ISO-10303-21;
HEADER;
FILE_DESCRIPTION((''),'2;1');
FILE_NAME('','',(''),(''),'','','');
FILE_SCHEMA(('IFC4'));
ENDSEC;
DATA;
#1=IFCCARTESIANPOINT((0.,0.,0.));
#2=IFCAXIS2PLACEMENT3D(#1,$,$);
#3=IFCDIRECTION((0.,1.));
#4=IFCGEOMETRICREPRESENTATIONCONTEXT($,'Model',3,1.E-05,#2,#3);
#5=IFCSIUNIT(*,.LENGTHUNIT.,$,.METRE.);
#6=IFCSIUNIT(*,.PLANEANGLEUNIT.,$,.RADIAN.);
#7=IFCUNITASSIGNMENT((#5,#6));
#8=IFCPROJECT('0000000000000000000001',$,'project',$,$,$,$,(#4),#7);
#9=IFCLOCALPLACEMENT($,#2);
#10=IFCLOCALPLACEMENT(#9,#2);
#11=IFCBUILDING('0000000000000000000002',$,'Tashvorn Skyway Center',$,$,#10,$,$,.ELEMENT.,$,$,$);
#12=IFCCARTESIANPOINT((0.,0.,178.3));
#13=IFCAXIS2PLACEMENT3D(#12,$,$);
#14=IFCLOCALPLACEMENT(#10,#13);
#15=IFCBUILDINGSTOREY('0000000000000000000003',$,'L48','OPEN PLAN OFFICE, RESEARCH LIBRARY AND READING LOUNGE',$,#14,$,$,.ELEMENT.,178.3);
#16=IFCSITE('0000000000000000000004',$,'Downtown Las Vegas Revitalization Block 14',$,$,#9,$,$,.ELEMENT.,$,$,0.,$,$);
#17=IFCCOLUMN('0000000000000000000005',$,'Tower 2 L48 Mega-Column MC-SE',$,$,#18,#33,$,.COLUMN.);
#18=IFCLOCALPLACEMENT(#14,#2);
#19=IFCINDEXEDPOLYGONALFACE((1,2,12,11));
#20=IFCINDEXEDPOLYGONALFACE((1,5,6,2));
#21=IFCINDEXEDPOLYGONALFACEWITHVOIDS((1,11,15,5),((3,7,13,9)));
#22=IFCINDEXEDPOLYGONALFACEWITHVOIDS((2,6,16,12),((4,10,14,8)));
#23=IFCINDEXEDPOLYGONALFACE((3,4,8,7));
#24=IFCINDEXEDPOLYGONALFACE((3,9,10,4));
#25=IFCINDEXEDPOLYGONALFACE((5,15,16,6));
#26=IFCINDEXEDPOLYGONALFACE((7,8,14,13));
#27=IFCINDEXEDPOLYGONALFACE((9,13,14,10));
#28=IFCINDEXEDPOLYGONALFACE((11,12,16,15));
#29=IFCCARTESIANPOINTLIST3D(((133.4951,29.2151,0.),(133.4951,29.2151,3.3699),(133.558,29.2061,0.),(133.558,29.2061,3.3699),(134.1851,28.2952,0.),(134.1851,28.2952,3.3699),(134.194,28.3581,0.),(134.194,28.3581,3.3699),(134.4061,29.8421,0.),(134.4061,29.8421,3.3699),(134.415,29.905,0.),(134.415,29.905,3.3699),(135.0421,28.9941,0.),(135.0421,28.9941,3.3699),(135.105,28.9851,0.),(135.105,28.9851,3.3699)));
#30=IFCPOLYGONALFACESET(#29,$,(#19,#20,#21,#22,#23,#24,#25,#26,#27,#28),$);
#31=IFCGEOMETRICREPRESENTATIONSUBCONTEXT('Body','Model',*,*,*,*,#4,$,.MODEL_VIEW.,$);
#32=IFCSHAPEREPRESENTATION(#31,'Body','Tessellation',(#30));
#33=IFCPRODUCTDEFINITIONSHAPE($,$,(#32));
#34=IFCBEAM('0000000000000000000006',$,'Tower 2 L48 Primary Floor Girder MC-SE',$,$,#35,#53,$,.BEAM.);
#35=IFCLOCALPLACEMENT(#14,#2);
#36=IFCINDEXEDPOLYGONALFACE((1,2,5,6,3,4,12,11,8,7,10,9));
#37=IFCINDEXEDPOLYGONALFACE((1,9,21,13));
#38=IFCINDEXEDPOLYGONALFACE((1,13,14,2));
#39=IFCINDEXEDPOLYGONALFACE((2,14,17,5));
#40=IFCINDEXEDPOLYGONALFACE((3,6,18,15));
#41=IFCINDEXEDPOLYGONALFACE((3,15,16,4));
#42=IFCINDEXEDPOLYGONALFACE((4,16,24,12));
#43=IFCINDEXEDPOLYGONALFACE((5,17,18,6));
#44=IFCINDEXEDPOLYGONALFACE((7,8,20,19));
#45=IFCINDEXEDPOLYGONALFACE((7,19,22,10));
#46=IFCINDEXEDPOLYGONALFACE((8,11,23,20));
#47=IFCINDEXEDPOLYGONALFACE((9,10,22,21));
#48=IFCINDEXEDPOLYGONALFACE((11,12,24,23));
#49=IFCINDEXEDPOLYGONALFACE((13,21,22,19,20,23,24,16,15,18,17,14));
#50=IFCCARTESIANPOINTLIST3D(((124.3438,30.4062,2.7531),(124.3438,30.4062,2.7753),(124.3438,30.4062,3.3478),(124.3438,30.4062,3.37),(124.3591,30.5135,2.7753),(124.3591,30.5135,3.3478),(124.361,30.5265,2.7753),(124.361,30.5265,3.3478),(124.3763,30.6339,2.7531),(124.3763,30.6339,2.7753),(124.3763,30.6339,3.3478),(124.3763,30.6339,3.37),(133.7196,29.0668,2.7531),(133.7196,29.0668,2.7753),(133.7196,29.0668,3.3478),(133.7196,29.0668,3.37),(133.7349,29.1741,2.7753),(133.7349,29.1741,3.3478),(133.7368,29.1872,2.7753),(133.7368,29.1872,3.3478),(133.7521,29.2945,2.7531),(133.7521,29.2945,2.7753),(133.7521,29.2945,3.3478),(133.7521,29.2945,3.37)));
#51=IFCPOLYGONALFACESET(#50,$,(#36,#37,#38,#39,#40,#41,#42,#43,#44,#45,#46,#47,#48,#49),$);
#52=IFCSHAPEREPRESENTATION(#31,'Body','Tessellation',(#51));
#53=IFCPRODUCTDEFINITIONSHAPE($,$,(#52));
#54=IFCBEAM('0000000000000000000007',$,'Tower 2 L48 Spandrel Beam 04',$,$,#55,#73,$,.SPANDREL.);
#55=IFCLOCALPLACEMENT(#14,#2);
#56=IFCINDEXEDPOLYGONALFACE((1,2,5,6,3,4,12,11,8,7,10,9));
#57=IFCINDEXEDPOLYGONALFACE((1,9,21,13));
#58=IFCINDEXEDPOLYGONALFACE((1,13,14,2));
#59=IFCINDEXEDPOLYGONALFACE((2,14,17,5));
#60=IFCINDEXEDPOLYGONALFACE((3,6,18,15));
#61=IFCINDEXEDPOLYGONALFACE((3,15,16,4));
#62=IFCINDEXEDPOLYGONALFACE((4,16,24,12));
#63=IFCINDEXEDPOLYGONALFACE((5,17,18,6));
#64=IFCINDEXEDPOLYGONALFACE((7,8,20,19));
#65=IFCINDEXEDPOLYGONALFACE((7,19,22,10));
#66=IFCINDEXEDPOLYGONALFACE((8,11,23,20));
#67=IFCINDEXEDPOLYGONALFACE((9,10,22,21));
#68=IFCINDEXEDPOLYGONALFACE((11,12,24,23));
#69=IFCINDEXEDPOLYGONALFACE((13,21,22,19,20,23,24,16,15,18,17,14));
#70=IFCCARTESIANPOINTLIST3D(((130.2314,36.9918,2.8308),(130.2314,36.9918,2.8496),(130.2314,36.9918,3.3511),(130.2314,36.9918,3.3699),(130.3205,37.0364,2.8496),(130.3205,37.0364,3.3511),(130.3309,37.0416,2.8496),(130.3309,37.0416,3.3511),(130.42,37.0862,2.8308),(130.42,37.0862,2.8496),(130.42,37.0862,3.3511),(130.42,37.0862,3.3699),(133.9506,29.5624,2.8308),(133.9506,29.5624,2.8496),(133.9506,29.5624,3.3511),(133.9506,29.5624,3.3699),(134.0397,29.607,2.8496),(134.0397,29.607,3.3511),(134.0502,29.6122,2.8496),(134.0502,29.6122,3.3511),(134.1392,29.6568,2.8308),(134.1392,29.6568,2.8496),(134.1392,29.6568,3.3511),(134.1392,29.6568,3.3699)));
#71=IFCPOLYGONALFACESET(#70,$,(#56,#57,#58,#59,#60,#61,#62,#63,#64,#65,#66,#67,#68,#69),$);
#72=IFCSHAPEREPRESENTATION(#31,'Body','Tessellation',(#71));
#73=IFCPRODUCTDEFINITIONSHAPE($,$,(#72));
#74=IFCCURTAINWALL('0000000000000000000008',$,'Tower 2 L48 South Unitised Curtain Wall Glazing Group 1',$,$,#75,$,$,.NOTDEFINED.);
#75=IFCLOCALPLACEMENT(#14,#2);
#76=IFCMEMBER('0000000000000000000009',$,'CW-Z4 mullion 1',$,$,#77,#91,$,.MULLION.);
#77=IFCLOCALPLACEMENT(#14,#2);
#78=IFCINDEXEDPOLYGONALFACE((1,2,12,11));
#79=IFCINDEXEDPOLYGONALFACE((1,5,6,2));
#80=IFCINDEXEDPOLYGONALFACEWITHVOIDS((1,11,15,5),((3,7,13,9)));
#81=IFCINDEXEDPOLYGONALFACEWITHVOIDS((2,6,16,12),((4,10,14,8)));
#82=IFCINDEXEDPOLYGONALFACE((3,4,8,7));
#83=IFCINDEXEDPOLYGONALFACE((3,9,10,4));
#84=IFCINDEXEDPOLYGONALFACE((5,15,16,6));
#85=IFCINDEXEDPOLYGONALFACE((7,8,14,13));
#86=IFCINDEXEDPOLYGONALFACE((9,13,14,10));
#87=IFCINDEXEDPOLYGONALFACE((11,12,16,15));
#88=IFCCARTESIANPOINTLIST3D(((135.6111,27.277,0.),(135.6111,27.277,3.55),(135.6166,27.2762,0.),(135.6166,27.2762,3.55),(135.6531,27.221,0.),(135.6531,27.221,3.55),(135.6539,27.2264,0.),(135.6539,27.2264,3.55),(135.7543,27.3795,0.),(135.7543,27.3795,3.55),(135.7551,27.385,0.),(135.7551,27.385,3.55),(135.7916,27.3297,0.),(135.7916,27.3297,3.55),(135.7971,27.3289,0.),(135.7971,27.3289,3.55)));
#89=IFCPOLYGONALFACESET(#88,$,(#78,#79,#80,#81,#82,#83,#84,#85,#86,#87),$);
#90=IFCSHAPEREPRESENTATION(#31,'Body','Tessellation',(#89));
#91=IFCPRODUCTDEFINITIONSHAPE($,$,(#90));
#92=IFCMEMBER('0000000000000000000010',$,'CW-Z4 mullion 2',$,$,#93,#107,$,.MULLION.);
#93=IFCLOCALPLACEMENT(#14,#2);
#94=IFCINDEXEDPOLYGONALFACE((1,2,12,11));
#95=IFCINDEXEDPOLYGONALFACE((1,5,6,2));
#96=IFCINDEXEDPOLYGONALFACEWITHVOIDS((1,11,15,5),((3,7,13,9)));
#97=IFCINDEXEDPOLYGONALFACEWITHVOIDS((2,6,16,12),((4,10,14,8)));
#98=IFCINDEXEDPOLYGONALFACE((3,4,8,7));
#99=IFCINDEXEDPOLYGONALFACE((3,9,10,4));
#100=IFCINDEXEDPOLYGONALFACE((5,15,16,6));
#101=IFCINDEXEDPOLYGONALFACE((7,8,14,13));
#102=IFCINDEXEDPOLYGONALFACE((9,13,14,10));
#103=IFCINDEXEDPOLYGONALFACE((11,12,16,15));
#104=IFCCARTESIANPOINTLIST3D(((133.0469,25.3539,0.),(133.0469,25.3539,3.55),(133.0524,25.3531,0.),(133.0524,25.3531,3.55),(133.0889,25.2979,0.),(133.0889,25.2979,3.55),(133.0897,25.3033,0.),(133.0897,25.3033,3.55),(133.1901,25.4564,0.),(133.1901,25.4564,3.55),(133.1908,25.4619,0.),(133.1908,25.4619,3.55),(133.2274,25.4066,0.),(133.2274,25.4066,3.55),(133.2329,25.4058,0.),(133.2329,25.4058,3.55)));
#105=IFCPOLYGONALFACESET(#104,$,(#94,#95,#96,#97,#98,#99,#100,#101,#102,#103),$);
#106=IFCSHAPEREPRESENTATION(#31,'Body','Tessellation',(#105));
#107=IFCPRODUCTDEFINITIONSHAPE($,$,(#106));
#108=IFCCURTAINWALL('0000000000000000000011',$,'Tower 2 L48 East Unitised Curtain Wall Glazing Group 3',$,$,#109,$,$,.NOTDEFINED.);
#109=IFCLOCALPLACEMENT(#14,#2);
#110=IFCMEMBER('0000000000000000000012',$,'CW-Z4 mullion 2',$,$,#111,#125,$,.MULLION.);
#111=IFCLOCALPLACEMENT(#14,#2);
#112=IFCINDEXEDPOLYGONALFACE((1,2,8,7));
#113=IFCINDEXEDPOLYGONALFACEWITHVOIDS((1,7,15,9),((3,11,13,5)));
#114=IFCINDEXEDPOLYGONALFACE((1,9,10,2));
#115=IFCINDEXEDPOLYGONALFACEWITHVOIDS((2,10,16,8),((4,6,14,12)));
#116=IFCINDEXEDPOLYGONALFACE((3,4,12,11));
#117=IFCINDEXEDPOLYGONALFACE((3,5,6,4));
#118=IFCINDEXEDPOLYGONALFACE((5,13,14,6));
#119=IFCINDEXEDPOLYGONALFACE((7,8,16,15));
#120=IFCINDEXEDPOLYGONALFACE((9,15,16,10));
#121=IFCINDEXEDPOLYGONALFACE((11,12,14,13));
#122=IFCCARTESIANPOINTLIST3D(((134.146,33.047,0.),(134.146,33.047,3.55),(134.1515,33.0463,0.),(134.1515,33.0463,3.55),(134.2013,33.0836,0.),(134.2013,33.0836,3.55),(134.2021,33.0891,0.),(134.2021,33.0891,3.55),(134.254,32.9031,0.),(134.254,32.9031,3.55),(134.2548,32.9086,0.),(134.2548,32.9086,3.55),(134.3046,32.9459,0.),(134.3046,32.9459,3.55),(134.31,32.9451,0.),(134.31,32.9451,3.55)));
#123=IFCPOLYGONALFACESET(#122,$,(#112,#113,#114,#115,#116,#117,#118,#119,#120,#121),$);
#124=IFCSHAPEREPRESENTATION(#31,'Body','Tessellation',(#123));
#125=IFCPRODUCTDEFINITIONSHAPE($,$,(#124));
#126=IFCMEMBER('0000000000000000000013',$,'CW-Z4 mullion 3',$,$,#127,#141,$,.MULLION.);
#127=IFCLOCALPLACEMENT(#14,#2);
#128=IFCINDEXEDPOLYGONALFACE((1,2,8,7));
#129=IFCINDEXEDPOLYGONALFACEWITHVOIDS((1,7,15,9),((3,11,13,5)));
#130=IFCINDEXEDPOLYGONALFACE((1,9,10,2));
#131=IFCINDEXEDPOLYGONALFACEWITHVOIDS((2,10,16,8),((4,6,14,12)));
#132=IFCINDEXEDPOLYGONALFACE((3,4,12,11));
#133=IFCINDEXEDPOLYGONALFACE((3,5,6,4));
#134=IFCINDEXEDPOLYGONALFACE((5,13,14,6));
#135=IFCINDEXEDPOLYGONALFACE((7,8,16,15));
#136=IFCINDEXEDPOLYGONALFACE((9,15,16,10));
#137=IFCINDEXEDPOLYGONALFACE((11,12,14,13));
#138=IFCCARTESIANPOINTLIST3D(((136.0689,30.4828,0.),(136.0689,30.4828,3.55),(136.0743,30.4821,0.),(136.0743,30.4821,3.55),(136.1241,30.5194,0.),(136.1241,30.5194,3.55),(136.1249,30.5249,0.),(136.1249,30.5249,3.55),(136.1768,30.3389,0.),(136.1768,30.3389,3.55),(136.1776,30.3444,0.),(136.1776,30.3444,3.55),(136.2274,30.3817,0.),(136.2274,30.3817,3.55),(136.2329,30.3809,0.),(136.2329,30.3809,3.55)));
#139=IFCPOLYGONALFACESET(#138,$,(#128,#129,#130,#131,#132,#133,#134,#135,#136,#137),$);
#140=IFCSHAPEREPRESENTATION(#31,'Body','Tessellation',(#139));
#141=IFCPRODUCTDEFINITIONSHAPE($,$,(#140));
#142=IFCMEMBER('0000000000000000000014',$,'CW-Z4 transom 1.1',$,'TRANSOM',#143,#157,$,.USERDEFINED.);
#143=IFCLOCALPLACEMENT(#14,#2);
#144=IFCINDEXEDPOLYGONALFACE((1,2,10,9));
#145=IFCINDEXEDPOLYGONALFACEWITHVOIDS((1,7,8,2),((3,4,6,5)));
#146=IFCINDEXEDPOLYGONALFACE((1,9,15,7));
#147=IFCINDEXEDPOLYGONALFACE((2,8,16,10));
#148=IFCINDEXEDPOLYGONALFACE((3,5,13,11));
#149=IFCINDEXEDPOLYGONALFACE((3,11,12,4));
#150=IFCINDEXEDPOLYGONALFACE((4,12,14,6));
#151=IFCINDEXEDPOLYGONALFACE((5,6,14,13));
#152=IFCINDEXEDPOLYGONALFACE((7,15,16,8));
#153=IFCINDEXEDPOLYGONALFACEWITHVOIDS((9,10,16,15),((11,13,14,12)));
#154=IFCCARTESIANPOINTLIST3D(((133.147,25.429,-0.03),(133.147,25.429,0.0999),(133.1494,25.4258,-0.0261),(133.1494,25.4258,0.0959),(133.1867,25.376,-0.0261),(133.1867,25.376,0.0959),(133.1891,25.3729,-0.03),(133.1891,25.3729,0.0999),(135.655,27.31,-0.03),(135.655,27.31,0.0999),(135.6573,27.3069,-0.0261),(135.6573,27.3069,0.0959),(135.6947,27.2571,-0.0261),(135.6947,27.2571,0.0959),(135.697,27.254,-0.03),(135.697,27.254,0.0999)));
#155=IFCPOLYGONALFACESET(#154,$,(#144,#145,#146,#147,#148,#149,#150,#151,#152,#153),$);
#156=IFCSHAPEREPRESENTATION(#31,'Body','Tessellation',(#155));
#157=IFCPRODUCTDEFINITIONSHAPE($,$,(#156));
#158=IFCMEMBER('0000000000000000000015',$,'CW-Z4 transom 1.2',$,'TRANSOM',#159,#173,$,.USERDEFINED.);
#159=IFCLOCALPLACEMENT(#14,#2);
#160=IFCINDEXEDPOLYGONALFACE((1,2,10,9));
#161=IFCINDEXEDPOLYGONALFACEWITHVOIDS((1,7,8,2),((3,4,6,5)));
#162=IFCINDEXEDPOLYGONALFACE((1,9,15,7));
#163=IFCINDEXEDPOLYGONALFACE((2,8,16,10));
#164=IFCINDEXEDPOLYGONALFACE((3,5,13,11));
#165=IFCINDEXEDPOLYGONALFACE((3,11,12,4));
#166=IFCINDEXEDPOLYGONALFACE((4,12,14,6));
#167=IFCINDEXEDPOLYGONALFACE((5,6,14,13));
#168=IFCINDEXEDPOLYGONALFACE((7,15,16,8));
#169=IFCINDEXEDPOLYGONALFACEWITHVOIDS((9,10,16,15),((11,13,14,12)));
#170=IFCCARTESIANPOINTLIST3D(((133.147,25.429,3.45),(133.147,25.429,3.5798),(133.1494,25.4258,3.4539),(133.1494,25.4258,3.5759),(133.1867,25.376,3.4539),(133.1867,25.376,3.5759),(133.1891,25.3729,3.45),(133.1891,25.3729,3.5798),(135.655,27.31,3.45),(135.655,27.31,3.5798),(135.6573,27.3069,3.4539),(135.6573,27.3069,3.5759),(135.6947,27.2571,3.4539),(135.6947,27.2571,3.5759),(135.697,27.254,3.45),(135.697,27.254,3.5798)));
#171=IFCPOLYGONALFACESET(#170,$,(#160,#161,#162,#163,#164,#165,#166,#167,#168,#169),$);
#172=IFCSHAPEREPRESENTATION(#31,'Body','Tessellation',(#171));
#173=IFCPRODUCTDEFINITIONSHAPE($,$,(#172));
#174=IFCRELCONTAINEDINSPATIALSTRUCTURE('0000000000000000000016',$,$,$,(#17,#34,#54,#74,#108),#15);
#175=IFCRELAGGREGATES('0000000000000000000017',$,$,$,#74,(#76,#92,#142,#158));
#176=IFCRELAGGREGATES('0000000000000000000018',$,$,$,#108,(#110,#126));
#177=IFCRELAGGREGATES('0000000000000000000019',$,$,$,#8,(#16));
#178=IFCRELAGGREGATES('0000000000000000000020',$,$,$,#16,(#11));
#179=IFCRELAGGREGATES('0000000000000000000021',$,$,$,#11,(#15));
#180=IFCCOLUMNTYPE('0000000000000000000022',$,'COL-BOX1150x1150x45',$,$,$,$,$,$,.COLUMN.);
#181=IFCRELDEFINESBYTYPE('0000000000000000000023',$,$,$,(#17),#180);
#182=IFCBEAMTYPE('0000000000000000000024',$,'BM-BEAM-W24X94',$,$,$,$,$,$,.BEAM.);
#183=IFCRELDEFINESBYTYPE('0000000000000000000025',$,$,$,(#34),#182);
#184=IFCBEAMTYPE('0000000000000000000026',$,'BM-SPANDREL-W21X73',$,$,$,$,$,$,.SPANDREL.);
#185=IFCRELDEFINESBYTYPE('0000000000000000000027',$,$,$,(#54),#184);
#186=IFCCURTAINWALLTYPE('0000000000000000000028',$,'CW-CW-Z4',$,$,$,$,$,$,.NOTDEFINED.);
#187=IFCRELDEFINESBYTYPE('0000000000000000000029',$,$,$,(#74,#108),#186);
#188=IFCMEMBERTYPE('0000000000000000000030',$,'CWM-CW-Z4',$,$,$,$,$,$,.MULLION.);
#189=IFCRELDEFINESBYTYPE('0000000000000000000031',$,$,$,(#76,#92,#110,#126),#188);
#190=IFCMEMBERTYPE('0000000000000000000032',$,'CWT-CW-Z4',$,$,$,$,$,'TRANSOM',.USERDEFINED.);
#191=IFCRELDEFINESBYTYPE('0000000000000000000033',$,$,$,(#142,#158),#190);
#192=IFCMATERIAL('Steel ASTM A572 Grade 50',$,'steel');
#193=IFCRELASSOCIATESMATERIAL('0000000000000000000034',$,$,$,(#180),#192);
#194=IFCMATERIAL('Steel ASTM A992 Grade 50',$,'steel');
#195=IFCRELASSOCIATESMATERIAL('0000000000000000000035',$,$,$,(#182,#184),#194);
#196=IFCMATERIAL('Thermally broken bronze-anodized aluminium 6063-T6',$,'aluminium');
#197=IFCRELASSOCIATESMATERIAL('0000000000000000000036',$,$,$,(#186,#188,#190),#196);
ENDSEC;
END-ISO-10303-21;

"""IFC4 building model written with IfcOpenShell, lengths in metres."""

from ifc_helpers import new_model, si_unit, direction, frame, origin, origin_2d, place, context, subcontext, project, spatial, hollow_rectangle, i_section, extrude, material, material_profile, profile_set, type_object, element, aggregate, save


model = new_model("IFC4")

# Units and contexts
model_context = context("Model", 3, precision=1e-05, world=origin(), true_north=direction((0.0, 1.0)))
body_context = subcontext(model_context, "Body", "Model", "MODEL_VIEW")
ifc_project = project(units=[si_unit("LENGTHUNIT", "METRE"), si_unit("PLANEANGLEUNIT", "RADIAN")], contexts=[model_context])

# Site, building, storey
site_placement = place(None, origin())
site = spatial("IfcSite", under=ifc_project, at=site_placement, Name="Downtown Las Vegas Revitalization Block 14", CompositionType="ELEMENT", RefElevation=0.0)
building_placement = place(site_placement, origin())
building = spatial("IfcBuilding", under=site, at=building_placement, Name="Tashvorn Skyway Center", CompositionType="ELEMENT")
storey_placement = place(building_placement, frame((0.0, 0.0, 178.3)))
storey = spatial("IfcBuildingStorey", under=building, at=storey_placement, Name="L48", Description="OPEN PLAN OFFICE, RESEARCH LIBRARY AND READING LOUNGE", CompositionType="ELEMENT", Elevation=178.3)

# Column
ifc_material_1 = material(Name="Steel ASTM A572 Grade 50", Category="steel")
ifc_material_profile_1 = material_profile(ifc_material_1, hollow_rectangle(XDim=1.1499, YDim=1.1499, WallThickness=0.0449, at=origin_2d()), Name="BOX1150x1150x45")
ifc_profile_set_1 = profile_set([ifc_material_profile_1], Name="Steel ASTM A572 Grade 50")
column_type = type_object("IfcColumnType", Name="COL-BOX1150x1150x45", PredefinedType="COLUMN", material=ifc_profile_set_1)
column_placement = place(storey_placement, frame((134.3, 29.1001, 0.0), z_axis=(0.0, 0.0, 1.0), x_axis=(0.8, 0.6, 0.0)))
element("IfcColumn", 1, at=column_placement, inside=storey, type_object=column_type, Name="Tower 2 L48 Mega-Column MC-SE", PredefinedType="COLUMN", context=body_context, shape_type="SweptSolid", body=[
    extrude(hollow_rectangle(XDim=1.1499, YDim=1.1499, WallThickness=0.0449, at=origin_2d()), origin(), (0.0, 0.0, 1.0), 3.3699),
])

# Beams
ifc_material_2 = material(Name="Steel ASTM A992 Grade 50", Category="steel")
ifc_material_profile_2 = material_profile(ifc_material_2, i_section(OverallWidth=0.23, OverallDepth=0.6169, WebThickness=0.0132, FlangeThickness=0.0222, at=origin_2d()), Name="W24X94")
ifc_profile_set_2 = profile_set([ifc_material_profile_2], Name="Steel ASTM A992 Grade 50")
beam_type_1 = type_object("IfcBeamType", Name="BM-BEAM-W24X94", PredefinedType="BEAM", material=ifc_profile_set_2)
beam_1_placement = place(storey_placement, frame((133.7358, 29.1807, 3.0615), z_axis=(-0.98995, 0.141418, 0.0), x_axis=(-0.141418, -0.98995, 0.0)))
element("IfcBeam", 2, at=beam_1_placement, inside=storey, type_object=beam_type_1, Name="Tower 2 L48 Primary Floor Girder MC-SE", PredefinedType="BEAM", context=body_context, shape_type="SweptSolid", body=[
    extrude(i_section(OverallWidth=0.23, OverallDepth=0.6169, WebThickness=0.0132, FlangeThickness=0.0222, at=origin_2d()), origin(), (0.0, 0.0, 1.0), 9.4709),
])
ifc_material_profile_3 = material_profile(ifc_material_2, i_section(OverallWidth=0.2109, OverallDepth=0.5391, WebThickness=0.0117, FlangeThickness=0.0188, at=origin_2d()), Name="W21X73")
ifc_profile_set_3 = profile_set([ifc_material_profile_3], Name="Steel ASTM A992 Grade 50")
beam_type_2 = type_object("IfcBeamType", Name="BM-SPANDREL-W21X73", PredefinedType="SPANDREL", material=ifc_profile_set_3)
beam_2_placement = place(storey_placement, frame((134.0449, 29.6096, 3.1003), z_axis=(-0.447648, 0.89421, 0.0), x_axis=(-0.89421, -0.447648, 0.0)))
element("IfcBeam", 3, at=beam_2_placement, inside=storey, type_object=beam_type_2, Name="Tower 2 L48 Spandrel Beam 04", PredefinedType="SPANDREL", context=body_context, shape_type="SweptSolid", body=[
    extrude(i_section(OverallWidth=0.2109, OverallDepth=0.5391, WebThickness=0.0117, FlangeThickness=0.0188, at=origin_2d()), origin(), (0.0, 0.0, 1.0), 8.3083),
])

# Curtain walls, members
ifc_material_3 = material(Name="Thermally broken bronze-anodized aluminium 6063-T6", Category="aluminium")
curtain_wall_type = type_object("IfcCurtainWallType", Name="CW-CW-Z4", PredefinedType="NOTDEFINED", material=ifc_material_3)
curtain_wall_1_placement = place(storey_placement, origin())
curtain_wall_1 = element("IfcCurtainWall", 4, at=curtain_wall_1_placement, inside=storey, type_object=curtain_wall_type, Name="Tower 2 L48 South Unitised Curtain Wall Glazing Group 1", PredefinedType="NOTDEFINED")
ifc_material_profile_4 = material_profile(ifc_material_3, hollow_rectangle(XDim=0.0701, YDim=0.1799, WallThickness=0.0039, at=origin_2d()), Name="ALU-MULL-70x180")
ifc_profile_set_4 = profile_set([ifc_material_profile_4], Name="Thermally broken bronze-anodized aluminium 6063-T6")
member_type_1 = type_object("IfcMemberType", Name="CWM-CW-Z4", PredefinedType="MULLION", material=ifc_profile_set_4)
member_1_placement = place(storey_placement, frame((135.7041, 27.303, 0.0), z_axis=(0.0, 0.0, 1.0), x_axis=(0.6, -0.8, 0.0)))
member_1 = element("IfcMember", 5, at=member_1_placement, type_object=member_type_1, Name="CW-Z4 mullion 1", PredefinedType="MULLION", context=body_context, shape_type="SweptSolid", body=[
    extrude(hollow_rectangle(XDim=0.0701, YDim=0.1799, WallThickness=0.0039, at=origin_2d()), origin(), (0.0, 0.0, 1.0), 3.55),
])
member_2_placement = place(storey_placement, frame((133.1399, 25.3799, 0.0), z_axis=(0.0, 0.0, 1.0), x_axis=(0.6, -0.8, 0.0)))
member_2 = element("IfcMember", 6, at=member_2_placement, type_object=member_type_1, Name="CW-Z4 mullion 2", PredefinedType="MULLION", context=body_context, shape_type="SweptSolid", body=[
    extrude(hollow_rectangle(XDim=0.0701, YDim=0.1799, WallThickness=0.0039, at=origin_2d()), origin(), (0.0, 0.0, 1.0), 3.55),
])
curtain_wall_2_placement = place(storey_placement, origin())
curtain_wall_2 = element("IfcCurtainWall", 7, at=curtain_wall_2_placement, inside=storey, type_object=curtain_wall_type, Name="Tower 2 L48 East Unitised Curtain Wall Glazing Group 3", PredefinedType="NOTDEFINED")
member_3_placement = place(storey_placement, frame((134.228, 32.9961, 0.0), z_axis=(0.0, 0.0, 1.0), x_axis=(0.8, 0.6, 0.0)))
member_3 = element("IfcMember", 8, at=member_3_placement, type_object=member_type_1, Name="CW-Z4 mullion 2", PredefinedType="MULLION", context=body_context, shape_type="SweptSolid", body=[
    extrude(hollow_rectangle(XDim=0.0701, YDim=0.1799, WallThickness=0.0039, at=origin_2d()), origin(), (0.0, 0.0, 1.0), 3.55),
])
member_4_placement = place(storey_placement, frame((136.1509, 30.4319, 0.0), z_axis=(0.0, 0.0, 1.0), x_axis=(0.8, 0.6, 0.0)))
member_4 = element("IfcMember", 9, at=member_4_placement, type_object=member_type_1, Name="CW-Z4 mullion 3", PredefinedType="MULLION", context=body_context, shape_type="SweptSolid", body=[
    extrude(hollow_rectangle(XDim=0.0701, YDim=0.1799, WallThickness=0.0039, at=origin_2d()), origin(), (0.0, 0.0, 1.0), 3.55),
])

# Members
ifc_material_profile_5 = material_profile(ifc_material_3, hollow_rectangle(XDim=0.0701, YDim=0.1299, WallThickness=0.0039, at=origin_2d()), Name="ALU-TRAN-70x130")
ifc_profile_set_5 = profile_set([ifc_material_profile_5], Name="Thermally broken bronze-anodized aluminium 6063-T6")
member_type_2 = type_object("IfcMemberType", Name="CWT-CW-Z4", ElementType="TRANSOM", PredefinedType="USERDEFINED", material=ifc_profile_set_5)
member_5_placement = place(storey_placement, frame((135.676, 27.282, 0.0349), z_axis=(-0.799991, -0.600012, 0.0), x_axis=(0.600012, -0.799991, 0.0)))
member_5 = element("IfcMember", 10, at=member_5_placement, type_object=member_type_2, Name="CW-Z4 transom 1.1", ObjectType="TRANSOM", PredefinedType="USERDEFINED", context=body_context, shape_type="SweptSolid", body=[
    extrude(hollow_rectangle(XDim=0.0701, YDim=0.1299, WallThickness=0.0039, at=origin_2d()), origin(), (0.0, 0.0, 1.0), 3.135),
])
member_6_placement = place(storey_placement, frame((135.676, 27.282, 3.5149), z_axis=(-0.799991, -0.600012, 0.0), x_axis=(0.600012, -0.799991, 0.0)))
member_6 = element("IfcMember", 11, at=member_6_placement, type_object=member_type_2, Name="CW-Z4 transom 1.2", ObjectType="TRANSOM", PredefinedType="USERDEFINED", context=body_context, shape_type="SweptSolid", body=[
    extrude(hollow_rectangle(XDim=0.0701, YDim=0.1299, WallThickness=0.0039, at=origin_2d()), origin(), (0.0, 0.0, 1.0), 3.135),
])

aggregate(curtain_wall_1, [member_1, member_2, member_5, member_6])
aggregate(curtain_wall_2, [member_3, member_4])

save(model, "model.ifc")
